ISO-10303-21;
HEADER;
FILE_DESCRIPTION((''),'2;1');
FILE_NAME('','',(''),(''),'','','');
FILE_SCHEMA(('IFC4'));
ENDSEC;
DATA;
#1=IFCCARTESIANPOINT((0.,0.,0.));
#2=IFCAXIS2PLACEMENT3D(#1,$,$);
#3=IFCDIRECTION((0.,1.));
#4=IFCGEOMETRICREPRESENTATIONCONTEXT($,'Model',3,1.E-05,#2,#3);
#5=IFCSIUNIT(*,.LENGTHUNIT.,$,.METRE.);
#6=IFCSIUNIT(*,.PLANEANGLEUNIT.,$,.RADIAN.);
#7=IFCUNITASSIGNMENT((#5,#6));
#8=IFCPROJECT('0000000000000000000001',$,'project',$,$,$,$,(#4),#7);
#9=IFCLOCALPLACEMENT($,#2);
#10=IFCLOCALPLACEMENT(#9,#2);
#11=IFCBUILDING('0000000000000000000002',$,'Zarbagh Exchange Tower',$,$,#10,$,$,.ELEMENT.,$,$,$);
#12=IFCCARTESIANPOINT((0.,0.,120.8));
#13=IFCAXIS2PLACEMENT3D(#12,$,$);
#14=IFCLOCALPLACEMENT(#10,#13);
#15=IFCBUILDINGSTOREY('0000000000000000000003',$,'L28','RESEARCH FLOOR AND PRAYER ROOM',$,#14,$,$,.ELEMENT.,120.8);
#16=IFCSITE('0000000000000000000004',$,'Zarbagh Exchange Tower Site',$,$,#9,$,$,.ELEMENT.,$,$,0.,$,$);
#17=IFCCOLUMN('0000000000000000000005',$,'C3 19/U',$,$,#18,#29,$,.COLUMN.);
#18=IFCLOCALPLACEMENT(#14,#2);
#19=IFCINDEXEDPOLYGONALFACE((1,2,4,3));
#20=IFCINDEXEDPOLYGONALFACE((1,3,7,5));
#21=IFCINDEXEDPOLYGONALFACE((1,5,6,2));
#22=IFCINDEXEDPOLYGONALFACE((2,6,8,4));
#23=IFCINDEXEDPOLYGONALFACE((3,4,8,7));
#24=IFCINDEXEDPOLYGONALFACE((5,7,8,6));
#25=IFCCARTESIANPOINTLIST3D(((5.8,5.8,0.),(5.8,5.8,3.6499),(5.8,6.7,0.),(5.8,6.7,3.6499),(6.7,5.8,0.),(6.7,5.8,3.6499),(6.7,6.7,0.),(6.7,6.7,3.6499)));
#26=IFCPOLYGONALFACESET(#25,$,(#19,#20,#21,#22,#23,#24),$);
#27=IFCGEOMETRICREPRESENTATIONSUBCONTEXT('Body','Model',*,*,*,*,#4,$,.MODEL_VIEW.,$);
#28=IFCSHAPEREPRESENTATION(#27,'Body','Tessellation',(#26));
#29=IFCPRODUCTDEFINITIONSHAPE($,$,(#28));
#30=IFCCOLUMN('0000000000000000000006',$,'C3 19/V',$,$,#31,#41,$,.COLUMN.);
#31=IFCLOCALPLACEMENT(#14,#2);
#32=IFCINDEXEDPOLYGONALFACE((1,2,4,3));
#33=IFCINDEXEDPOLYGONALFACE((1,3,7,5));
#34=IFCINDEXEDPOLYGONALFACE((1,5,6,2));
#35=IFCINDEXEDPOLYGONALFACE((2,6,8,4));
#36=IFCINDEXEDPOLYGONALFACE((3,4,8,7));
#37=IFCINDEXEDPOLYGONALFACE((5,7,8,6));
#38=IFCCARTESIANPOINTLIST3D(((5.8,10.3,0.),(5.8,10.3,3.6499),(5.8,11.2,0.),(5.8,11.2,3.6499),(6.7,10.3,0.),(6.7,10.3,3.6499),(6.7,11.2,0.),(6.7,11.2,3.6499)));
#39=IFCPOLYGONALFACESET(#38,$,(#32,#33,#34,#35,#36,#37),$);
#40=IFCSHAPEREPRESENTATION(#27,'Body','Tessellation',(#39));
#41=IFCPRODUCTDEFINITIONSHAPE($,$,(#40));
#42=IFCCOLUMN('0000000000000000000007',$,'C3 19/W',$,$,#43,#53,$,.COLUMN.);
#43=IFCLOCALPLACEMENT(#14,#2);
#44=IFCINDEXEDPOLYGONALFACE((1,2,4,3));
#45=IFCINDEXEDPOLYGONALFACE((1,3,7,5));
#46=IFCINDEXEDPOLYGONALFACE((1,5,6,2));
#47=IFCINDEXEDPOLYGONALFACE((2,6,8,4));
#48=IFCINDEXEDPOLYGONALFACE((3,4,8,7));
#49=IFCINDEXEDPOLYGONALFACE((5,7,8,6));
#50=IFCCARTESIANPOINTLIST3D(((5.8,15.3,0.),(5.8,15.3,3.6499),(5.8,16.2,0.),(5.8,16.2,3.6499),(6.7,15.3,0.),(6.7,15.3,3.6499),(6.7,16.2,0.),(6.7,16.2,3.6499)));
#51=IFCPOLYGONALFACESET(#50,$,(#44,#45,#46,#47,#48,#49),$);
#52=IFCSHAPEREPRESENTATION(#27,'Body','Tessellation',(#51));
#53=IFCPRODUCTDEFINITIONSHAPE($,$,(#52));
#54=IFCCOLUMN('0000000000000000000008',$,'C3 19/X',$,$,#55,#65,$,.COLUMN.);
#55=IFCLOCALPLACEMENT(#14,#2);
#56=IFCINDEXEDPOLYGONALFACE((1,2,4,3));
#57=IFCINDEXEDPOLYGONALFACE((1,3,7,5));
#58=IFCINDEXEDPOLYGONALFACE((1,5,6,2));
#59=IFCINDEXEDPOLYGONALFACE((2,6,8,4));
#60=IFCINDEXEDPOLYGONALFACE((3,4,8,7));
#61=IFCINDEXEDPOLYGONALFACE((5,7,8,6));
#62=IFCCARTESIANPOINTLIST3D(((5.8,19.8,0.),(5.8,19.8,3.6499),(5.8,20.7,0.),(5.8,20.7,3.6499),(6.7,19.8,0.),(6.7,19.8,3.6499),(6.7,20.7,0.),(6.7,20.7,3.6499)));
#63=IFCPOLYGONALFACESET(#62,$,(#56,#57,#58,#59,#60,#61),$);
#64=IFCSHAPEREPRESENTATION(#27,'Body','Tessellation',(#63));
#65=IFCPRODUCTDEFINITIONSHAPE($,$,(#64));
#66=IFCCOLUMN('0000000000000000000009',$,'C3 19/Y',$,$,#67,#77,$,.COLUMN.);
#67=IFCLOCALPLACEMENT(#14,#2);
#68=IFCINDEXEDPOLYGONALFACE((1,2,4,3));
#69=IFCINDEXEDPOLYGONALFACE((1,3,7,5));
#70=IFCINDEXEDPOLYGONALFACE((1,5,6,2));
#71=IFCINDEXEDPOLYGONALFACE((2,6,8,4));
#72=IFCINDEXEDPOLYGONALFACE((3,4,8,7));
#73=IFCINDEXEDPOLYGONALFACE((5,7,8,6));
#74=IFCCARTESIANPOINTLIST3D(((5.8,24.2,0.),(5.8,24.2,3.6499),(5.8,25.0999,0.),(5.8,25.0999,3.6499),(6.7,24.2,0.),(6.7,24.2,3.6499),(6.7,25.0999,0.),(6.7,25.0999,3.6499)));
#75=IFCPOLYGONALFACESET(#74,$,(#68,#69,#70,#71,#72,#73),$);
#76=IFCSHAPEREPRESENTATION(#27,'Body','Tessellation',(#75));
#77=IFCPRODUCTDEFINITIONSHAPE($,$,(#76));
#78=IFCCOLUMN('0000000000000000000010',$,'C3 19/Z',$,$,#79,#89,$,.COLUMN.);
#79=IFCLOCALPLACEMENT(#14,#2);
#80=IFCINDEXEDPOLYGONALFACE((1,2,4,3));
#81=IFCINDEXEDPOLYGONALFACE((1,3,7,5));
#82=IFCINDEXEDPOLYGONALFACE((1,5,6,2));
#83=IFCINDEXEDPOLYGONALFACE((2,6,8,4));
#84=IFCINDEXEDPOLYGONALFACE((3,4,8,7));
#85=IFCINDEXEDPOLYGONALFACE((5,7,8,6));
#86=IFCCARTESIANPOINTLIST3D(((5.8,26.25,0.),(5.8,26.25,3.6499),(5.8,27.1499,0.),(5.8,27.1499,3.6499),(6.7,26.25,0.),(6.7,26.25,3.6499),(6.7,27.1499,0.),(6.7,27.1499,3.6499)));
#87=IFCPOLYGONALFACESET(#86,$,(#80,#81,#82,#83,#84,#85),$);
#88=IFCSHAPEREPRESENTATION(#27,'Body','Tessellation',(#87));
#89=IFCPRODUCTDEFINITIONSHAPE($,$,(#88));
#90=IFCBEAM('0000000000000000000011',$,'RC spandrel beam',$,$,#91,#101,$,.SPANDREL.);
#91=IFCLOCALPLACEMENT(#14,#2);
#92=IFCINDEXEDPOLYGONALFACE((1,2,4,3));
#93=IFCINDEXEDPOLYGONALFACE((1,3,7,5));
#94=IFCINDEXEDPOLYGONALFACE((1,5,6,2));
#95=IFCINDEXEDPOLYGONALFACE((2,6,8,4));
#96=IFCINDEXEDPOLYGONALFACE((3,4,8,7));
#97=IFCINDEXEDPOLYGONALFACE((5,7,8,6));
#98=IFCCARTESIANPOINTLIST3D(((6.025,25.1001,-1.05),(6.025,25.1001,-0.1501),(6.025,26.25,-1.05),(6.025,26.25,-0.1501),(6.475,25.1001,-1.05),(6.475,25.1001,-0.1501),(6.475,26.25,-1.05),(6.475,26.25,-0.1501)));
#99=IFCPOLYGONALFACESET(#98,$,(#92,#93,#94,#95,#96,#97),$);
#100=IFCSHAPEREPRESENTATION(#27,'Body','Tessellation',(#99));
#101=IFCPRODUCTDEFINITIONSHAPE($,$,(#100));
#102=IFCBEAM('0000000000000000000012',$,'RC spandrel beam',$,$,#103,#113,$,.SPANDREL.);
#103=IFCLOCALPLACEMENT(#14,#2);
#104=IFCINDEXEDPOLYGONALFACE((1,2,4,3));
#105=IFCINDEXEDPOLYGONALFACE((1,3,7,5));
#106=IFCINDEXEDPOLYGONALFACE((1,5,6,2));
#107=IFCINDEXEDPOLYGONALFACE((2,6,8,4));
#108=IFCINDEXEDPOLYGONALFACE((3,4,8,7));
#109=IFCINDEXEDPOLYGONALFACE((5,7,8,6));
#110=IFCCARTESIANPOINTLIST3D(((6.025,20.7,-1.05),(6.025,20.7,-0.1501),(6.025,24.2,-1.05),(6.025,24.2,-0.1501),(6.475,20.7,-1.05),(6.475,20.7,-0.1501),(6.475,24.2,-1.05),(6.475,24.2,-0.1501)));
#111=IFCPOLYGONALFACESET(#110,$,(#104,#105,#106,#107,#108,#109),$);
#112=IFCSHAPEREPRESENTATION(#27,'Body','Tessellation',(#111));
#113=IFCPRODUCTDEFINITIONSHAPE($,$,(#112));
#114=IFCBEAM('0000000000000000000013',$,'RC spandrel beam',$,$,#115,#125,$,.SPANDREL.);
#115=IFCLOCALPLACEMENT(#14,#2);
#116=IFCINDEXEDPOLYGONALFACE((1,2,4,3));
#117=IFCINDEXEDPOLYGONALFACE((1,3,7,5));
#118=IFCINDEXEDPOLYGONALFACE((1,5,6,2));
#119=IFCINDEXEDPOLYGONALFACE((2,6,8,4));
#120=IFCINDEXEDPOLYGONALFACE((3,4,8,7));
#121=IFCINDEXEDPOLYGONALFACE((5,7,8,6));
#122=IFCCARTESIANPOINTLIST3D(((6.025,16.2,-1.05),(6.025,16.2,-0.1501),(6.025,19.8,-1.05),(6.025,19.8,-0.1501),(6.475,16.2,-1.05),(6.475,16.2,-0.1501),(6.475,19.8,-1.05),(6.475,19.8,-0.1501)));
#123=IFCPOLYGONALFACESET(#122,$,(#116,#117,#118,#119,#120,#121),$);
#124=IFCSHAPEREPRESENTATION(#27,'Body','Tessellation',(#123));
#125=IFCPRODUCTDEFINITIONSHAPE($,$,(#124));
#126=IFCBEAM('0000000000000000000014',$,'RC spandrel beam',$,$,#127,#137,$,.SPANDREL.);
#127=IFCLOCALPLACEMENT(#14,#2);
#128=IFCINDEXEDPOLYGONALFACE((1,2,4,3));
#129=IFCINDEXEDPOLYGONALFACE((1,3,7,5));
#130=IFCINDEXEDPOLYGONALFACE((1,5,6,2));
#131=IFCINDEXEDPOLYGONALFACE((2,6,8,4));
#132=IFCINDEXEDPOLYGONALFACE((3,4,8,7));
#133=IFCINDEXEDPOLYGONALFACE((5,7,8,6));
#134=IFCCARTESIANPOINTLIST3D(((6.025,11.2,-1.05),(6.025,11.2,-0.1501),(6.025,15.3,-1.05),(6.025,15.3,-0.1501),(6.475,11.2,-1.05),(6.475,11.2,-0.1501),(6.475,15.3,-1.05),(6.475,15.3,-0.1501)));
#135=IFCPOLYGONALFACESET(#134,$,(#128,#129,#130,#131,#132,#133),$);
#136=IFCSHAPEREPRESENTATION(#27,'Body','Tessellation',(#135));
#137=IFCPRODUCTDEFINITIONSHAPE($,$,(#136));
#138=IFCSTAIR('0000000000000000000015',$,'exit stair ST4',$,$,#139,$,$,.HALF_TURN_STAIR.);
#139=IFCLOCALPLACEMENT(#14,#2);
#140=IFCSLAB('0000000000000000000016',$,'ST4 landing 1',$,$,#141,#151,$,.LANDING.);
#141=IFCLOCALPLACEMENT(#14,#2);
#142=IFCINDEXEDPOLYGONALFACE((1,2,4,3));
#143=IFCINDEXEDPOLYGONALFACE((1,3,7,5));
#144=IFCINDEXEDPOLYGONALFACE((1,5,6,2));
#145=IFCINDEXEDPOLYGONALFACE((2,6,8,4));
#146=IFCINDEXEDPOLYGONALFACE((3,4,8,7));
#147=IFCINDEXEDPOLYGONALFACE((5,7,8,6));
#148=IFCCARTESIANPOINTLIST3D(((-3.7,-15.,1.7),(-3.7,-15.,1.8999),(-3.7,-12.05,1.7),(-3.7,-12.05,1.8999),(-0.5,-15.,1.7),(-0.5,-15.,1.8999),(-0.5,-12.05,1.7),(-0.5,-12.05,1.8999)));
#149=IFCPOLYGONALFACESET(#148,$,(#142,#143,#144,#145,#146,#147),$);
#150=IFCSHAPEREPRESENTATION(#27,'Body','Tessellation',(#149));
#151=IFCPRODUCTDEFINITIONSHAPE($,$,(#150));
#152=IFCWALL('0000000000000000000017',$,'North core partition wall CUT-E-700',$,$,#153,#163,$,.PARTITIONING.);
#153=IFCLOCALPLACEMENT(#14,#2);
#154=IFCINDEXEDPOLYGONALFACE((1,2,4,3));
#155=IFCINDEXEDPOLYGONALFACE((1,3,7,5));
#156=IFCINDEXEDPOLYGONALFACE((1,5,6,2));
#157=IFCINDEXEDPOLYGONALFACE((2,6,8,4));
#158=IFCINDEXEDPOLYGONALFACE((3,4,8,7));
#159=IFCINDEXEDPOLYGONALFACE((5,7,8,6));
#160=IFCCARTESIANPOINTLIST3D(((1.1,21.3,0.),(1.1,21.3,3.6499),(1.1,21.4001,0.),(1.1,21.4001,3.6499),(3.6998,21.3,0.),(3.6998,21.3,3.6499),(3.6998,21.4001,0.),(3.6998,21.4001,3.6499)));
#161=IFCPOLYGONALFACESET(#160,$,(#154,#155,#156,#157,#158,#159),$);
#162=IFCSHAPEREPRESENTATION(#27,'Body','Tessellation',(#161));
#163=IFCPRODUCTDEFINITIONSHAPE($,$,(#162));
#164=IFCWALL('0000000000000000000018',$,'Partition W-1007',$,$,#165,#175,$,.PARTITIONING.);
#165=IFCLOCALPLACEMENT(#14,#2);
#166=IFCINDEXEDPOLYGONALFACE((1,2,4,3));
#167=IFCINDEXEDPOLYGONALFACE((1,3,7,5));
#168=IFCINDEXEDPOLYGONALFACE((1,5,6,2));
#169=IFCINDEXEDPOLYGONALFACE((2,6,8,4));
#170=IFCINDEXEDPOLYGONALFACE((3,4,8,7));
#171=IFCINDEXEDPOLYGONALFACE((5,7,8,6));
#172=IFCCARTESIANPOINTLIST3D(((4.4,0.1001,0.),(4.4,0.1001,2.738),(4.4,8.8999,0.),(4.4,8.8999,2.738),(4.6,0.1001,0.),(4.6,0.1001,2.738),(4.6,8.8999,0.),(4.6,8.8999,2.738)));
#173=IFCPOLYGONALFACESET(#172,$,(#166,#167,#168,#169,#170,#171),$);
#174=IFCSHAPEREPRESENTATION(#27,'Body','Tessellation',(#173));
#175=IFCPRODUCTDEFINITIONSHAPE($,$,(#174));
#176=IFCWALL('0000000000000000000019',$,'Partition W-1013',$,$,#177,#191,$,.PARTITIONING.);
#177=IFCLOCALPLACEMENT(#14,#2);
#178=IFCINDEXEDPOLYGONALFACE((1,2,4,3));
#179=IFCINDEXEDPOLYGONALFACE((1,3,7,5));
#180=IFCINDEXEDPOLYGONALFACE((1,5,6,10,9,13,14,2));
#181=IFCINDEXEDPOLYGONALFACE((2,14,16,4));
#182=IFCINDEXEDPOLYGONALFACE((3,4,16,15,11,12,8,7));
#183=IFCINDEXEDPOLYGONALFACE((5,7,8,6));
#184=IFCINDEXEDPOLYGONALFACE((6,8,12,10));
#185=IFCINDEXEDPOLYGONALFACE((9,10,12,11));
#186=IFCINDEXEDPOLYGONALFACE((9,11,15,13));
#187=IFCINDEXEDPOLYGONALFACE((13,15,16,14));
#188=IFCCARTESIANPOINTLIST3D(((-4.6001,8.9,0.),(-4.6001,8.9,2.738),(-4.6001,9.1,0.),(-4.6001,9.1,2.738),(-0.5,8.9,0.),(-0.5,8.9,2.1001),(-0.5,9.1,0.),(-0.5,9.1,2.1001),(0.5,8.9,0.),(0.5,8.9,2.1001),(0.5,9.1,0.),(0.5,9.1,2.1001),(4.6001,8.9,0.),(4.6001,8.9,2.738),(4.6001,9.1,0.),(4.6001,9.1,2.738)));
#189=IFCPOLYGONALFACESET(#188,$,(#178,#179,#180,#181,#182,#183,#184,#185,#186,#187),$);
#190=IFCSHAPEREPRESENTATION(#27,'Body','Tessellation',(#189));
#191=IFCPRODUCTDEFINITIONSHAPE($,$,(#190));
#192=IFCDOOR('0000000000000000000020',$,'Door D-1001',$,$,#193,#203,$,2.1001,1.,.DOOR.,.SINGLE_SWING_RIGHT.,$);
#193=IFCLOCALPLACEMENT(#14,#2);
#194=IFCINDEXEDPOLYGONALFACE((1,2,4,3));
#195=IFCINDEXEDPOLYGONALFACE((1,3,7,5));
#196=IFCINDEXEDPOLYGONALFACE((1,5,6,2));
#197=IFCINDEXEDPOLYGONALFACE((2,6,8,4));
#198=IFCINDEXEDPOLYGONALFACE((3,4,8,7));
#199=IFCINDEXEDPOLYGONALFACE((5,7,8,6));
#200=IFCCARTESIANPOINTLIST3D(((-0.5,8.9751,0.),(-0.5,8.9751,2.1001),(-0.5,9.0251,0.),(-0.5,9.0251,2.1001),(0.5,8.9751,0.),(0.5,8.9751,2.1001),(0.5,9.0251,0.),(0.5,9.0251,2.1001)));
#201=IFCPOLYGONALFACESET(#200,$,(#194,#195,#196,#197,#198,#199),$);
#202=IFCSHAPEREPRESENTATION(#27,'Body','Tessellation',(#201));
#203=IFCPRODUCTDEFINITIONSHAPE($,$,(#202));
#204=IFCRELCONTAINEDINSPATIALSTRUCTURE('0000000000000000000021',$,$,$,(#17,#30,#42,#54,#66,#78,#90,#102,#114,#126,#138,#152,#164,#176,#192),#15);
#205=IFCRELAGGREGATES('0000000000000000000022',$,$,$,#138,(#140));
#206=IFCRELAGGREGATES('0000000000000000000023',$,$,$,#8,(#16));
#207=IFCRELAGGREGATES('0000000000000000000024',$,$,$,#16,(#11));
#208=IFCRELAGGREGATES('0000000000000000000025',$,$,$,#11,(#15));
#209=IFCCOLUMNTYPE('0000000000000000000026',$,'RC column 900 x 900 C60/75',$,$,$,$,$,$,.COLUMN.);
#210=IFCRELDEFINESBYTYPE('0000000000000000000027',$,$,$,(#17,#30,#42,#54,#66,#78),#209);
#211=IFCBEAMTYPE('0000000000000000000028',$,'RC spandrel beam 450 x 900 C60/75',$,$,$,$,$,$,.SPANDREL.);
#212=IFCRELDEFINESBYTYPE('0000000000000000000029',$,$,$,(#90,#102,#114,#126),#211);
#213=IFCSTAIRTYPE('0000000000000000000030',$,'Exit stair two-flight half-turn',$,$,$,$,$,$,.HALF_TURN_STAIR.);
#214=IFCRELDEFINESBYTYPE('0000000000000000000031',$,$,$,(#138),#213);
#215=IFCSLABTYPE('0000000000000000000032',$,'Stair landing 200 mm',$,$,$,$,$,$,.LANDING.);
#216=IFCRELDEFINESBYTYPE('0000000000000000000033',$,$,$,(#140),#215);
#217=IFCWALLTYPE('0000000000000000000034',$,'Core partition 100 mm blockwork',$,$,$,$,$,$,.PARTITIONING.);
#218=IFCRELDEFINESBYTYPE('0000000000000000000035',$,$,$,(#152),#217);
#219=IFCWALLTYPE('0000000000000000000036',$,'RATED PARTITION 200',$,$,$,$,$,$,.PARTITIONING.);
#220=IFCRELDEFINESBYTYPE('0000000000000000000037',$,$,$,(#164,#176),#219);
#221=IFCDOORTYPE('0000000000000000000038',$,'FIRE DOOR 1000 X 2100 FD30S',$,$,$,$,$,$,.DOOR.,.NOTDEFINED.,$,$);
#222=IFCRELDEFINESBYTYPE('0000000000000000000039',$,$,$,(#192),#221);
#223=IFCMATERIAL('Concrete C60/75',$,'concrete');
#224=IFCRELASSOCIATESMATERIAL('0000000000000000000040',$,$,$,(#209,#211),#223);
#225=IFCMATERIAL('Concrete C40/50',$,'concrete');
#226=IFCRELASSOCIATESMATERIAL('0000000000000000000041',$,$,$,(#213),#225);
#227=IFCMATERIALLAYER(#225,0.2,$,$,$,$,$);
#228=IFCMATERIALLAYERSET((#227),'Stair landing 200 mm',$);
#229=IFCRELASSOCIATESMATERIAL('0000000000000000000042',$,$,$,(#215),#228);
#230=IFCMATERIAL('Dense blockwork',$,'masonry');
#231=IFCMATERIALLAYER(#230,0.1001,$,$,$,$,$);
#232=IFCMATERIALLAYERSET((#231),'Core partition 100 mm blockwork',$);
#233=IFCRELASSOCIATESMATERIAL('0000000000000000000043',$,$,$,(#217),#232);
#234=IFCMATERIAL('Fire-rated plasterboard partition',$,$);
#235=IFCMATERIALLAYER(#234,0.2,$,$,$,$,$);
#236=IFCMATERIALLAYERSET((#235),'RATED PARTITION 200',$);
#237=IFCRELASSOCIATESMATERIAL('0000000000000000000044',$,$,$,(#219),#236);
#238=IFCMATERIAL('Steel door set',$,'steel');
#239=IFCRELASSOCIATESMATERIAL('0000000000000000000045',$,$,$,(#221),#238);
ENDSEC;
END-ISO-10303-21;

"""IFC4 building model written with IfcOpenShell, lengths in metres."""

from ifc_helpers import new_model, si_unit, direction, frame, frame_2d, origin, origin_2d, place, context, subcontext, project, spatial, polyline, rectangle, outline, extrude, material, layer, layer_set, material_profile, profile_set, type_object, element, fill, aggregate, save


model = new_model("IFC4")

# Units and contexts
model_context = context("Model", 3, precision=1e-05, world=origin(), true_north=direction((0.0, 1.0)))
body_context = subcontext(model_context, "Body", "Model", "MODEL_VIEW")
ifc_project = project(units=[si_unit("LENGTHUNIT", "METRE"), si_unit("PLANEANGLEUNIT", "RADIAN")], contexts=[model_context])

# Site, building, storey
site_placement = place(None, origin())
site = spatial("IfcSite", under=ifc_project, at=site_placement, Name="Zarbagh Exchange Tower Site", CompositionType="ELEMENT", RefElevation=0.0)
building_placement = place(site_placement, origin())
building = spatial("IfcBuilding", under=site, at=building_placement, Name="Zarbagh Exchange Tower", CompositionType="ELEMENT")
storey_placement = place(building_placement, frame((0.0, 0.0, 120.8)))
storey = spatial("IfcBuildingStorey", under=building, at=storey_placement, Name="L28", Description="RESEARCH FLOOR AND PRAYER ROOM", CompositionType="ELEMENT", Elevation=120.8)

# Columns
ifc_material_1 = material(Name="Concrete C60/75", Category="concrete")
ifc_material_profile_1 = material_profile(ifc_material_1, rectangle(XDim=0.8999, YDim=0.8999, at=origin_2d()), Name="RC column 900 x 900 C60/75")
ifc_profile_set_1 = profile_set([ifc_material_profile_1], Name="Concrete C60/75")
column_type = type_object("IfcColumnType", Name="RC column 900 x 900 C60/75", PredefinedType="COLUMN", material=ifc_profile_set_1)
for number, where, z_axis, x_axis, name in (
    (1, (6.25, 6.25, 0.0), (0.0, 0.0, 1.0), (1.0, 0.0, 0.0), "C3 19/U"),
    (2, (6.25, 10.75, 0.0), (0.0, 0.0, 1.0), (1.0, 0.0, 0.0), "C3 19/V"),
    (3, (6.25, 15.75, 0.0), (0.0, 0.0, 1.0), (1.0, 0.0, 0.0), "C3 19/W"),
    (4, (6.25, 20.25, 0.0), (0.0, 0.0, 1.0), (1.0, 0.0, 0.0), "C3 19/X"),
    (5, (6.25, 24.6499, 0.0), (0.0, 0.0, 1.0), (1.0, 0.0, 0.0), "C3 19/Y"),
    (6, (6.25, 26.7, 0.0), (0.0, 0.0, 1.0), (1.0, 0.0, 0.0), "C3 19/Z"),
):
    element("IfcColumn", number, at=place(storey_placement, frame(where, z_axis=z_axis, x_axis=x_axis)), inside=storey, type_object=column_type, Name=name, PredefinedType="COLUMN", context=body_context, shape_type="SweptSolid", body=[
        extrude(rectangle(XDim=0.8999, YDim=0.8999, at=origin_2d()), origin(), (0.0, 0.0, 1.0), 3.6499),
    ])

# Beams
ifc_material_profile_2 = material_profile(ifc_material_1, rectangle(XDim=0.45, YDim=0.8999, at=origin_2d()), Name="RC spandrel beam 450 x 900 C60/75")
ifc_profile_set_2 = profile_set([ifc_material_profile_2], Name="Concrete C60/75")
beam_type = type_object("IfcBeamType", Name="RC spandrel beam 450 x 900 C60/75", PredefinedType="SPANDREL", material=ifc_profile_set_2)
beam_1_placement = place(storey_placement, frame((6.25, 26.25, -0.6001), z_axis=(0.0, -1.0, 0.0), x_axis=(1.0, 0.0, 0.0)))
element("IfcBeam", 7, at=beam_1_placement, inside=storey, type_object=beam_type, Name="RC spandrel beam", PredefinedType="SPANDREL", context=body_context, shape_type="SweptSolid", body=[
    extrude(rectangle(XDim=0.45, YDim=0.8999, at=origin_2d()), origin(), (0.0, 0.0, 1.0), 1.1499),
])
beam_2_placement = place(storey_placement, frame((6.25, 24.2, -0.6001), z_axis=(0.0, -1.0, 0.0), x_axis=(1.0, 0.0, 0.0)))
element("IfcBeam", 8, at=beam_2_placement, inside=storey, type_object=beam_type, Name="RC spandrel beam", PredefinedType="SPANDREL", context=body_context, shape_type="SweptSolid", body=[
    extrude(rectangle(XDim=0.45, YDim=0.8999, at=origin_2d()), origin(), (0.0, 0.0, 1.0), 3.5),
])
beam_3_placement = place(storey_placement, frame((6.25, 19.8, -0.6001), z_axis=(0.0, -1.0, 0.0), x_axis=(1.0, 0.0, 0.0)))
element("IfcBeam", 9, at=beam_3_placement, inside=storey, type_object=beam_type, Name="RC spandrel beam", PredefinedType="SPANDREL", context=body_context, shape_type="SweptSolid", body=[
    extrude(rectangle(XDim=0.45, YDim=0.8999, at=origin_2d()), origin(), (0.0, 0.0, 1.0), 3.6001),
])
beam_4_placement = place(storey_placement, frame((6.25, 15.3, -0.6001), z_axis=(0.0, -1.0, 0.0), x_axis=(1.0, 0.0, 0.0)))
element("IfcBeam", 10, at=beam_4_placement, inside=storey, type_object=beam_type, Name="RC spandrel beam", PredefinedType="SPANDREL", context=body_context, shape_type="SweptSolid", body=[
    extrude(rectangle(XDim=0.45, YDim=0.8999, at=origin_2d()), origin(), (0.0, 0.0, 1.0), 4.1001),
])

# Stair, slab
ifc_material_2 = material(Name="Concrete C40/50", Category="concrete")
stair_type = type_object("IfcStairType", Name="Exit stair two-flight half-turn", PredefinedType="HALF_TURN_STAIR", material=ifc_material_2)
stair_1_placement = place(storey_placement, origin())
stair_1 = element("IfcStair", 11, at=stair_1_placement, inside=storey, type_object=stair_type, Name="exit stair ST4", PredefinedType="HALF_TURN_STAIR")
ifc_layer_1 = layer(ifc_material_2, 0.2)
ifc_layer_set_1 = layer_set([ifc_layer_1], Name="Stair landing 200 mm")
slab_type = type_object("IfcSlabType", Name="Stair landing 200 mm", PredefinedType="LANDING", material=ifc_layer_set_1)
slab_placement = place(storey_placement, frame((0.0, 0.0, 1.7)))
slab = element("IfcSlab", 12, at=slab_placement, type_object=slab_type, Name="ST4 landing 1", PredefinedType="LANDING", context=body_context, shape_type="SweptSolid", body=[
    extrude(outline(polyline([(-0.5, -12.05), (-3.7, -12.05), (-3.7, -15.0), (-0.5, -15.0), (-0.5, -12.05)])), origin(), (0.0, 0.0, 1.0), 0.2),
])
aggregate(stair_1, [slab])

# Walls
ifc_material_3 = material(Name="Dense blockwork", Category="masonry")
ifc_layer_2 = layer(ifc_material_3, 0.1001)
ifc_layer_set_2 = layer_set([ifc_layer_2], Name="Core partition 100 mm blockwork")
wall_type_1 = type_object("IfcWallType", Name="Core partition 100 mm blockwork", PredefinedType="PARTITIONING", material=ifc_layer_set_2)
wall_1_placement = place(storey_placement, frame((1.1001, 21.3501, 0.0), z_axis=(0.0, 0.0, 1.0), x_axis=(1.0, 0.0, 0.0)))
element("IfcWall", 13, at=wall_1_placement, inside=storey, type_object=wall_type_1, Name="North core partition wall CUT-E-700", PredefinedType="PARTITIONING", context=body_context, shape_type="SweptSolid", body=[
    extrude(rectangle(XDim=2.5999, YDim=0.1001, at=frame_2d((1.2998, 0.0))), origin(), (0.0, 0.0, 1.0), 3.6499),
])
ifc_material_4 = material(Name="Fire-rated plasterboard partition")
ifc_layer_3 = layer(ifc_material_4, 0.2)
ifc_layer_set_3 = layer_set([ifc_layer_3], Name="RATED PARTITION 200")
wall_type_2 = type_object("IfcWallType", Name="RATED PARTITION 200", PredefinedType="PARTITIONING", material=ifc_layer_set_3)
wall_2_placement = place(storey_placement, frame((4.5, 0.1001, 0.0), z_axis=(0.0, 0.0, 1.0), x_axis=(0.0, 1.0, 0.0)))
element("IfcWall", 14, at=wall_2_placement, inside=storey, type_object=wall_type_2, Name="Partition W-1007", PredefinedType="PARTITIONING", context=body_context, shape_type="SweptSolid", body=[
    extrude(rectangle(XDim=8.7998, YDim=0.2, at=frame_2d((4.3999, 0.0))), origin(), (0.0, 0.0, 1.0), 2.738),
])

# Wall, opening, door
wall_3_placement = place(storey_placement, frame((4.6001, 9.0, 0.0), z_axis=(0.0, 0.0, 1.0), x_axis=(-1.0, 0.0, 0.0)))
wall_3 = element("IfcWall", 15, at=wall_3_placement, inside=storey, type_object=wall_type_2, Name="Partition W-1013", PredefinedType="PARTITIONING", context=body_context, shape_type="SweptSolid", body=[
    extrude(rectangle(XDim=9.2002, YDim=0.2, at=frame_2d((4.6001, 0.0))), origin(), (0.0, 0.0, 1.0), 2.738),
])
opening_1_placement = place(wall_3_placement, frame((4.1001, 0.0, 0.0)))
opening_1 = element("IfcOpeningElement", 16, at=opening_1_placement, cuts=wall_3, PredefinedType="OPENING", context=body_context, shape_type="SweptSolid", body=[
    extrude(rectangle(XDim=1.0, YDim=2.1001, at=frame_2d((0.5, 1.05))), frame((0.0, 0.1099, 0.0), z_axis=(0.0, -1.0, 0.0), x_axis=(1.0, 0.0, 0.0)), (0.0, 0.0, 1.0), 0.22),
])
ifc_material_5 = material(Name="Steel door set", Category="steel")
door_type_1 = type_object("IfcDoorType", Name="FIRE DOOR 1000 X 2100 FD30S", OperationType="NOTDEFINED", PredefinedType="DOOR", material=ifc_material_5)
door_1_placement = place(opening_1_placement, origin())
door_1 = element("IfcDoor", 17, at=door_1_placement, inside=storey, type_object=door_type_1, Name="Door D-1001", OperationType="SINGLE_SWING_RIGHT", OverallHeight=2.1001, OverallWidth=1.0, PredefinedType="DOOR", context=body_context, shape_type="SweptSolid", body=[
    extrude(rectangle(XDim=1.0, YDim=2.1001, at=frame_2d((0.5, 1.05))), frame((0.0, 0.0249, 0.0), z_axis=(0.0, -1.0, 0.0), x_axis=(1.0, 0.0, 0.0)), (0.0, 0.0, 1.0), 0.05),
])
fill(opening_1, door_1)

save(model, "model.ifc")
